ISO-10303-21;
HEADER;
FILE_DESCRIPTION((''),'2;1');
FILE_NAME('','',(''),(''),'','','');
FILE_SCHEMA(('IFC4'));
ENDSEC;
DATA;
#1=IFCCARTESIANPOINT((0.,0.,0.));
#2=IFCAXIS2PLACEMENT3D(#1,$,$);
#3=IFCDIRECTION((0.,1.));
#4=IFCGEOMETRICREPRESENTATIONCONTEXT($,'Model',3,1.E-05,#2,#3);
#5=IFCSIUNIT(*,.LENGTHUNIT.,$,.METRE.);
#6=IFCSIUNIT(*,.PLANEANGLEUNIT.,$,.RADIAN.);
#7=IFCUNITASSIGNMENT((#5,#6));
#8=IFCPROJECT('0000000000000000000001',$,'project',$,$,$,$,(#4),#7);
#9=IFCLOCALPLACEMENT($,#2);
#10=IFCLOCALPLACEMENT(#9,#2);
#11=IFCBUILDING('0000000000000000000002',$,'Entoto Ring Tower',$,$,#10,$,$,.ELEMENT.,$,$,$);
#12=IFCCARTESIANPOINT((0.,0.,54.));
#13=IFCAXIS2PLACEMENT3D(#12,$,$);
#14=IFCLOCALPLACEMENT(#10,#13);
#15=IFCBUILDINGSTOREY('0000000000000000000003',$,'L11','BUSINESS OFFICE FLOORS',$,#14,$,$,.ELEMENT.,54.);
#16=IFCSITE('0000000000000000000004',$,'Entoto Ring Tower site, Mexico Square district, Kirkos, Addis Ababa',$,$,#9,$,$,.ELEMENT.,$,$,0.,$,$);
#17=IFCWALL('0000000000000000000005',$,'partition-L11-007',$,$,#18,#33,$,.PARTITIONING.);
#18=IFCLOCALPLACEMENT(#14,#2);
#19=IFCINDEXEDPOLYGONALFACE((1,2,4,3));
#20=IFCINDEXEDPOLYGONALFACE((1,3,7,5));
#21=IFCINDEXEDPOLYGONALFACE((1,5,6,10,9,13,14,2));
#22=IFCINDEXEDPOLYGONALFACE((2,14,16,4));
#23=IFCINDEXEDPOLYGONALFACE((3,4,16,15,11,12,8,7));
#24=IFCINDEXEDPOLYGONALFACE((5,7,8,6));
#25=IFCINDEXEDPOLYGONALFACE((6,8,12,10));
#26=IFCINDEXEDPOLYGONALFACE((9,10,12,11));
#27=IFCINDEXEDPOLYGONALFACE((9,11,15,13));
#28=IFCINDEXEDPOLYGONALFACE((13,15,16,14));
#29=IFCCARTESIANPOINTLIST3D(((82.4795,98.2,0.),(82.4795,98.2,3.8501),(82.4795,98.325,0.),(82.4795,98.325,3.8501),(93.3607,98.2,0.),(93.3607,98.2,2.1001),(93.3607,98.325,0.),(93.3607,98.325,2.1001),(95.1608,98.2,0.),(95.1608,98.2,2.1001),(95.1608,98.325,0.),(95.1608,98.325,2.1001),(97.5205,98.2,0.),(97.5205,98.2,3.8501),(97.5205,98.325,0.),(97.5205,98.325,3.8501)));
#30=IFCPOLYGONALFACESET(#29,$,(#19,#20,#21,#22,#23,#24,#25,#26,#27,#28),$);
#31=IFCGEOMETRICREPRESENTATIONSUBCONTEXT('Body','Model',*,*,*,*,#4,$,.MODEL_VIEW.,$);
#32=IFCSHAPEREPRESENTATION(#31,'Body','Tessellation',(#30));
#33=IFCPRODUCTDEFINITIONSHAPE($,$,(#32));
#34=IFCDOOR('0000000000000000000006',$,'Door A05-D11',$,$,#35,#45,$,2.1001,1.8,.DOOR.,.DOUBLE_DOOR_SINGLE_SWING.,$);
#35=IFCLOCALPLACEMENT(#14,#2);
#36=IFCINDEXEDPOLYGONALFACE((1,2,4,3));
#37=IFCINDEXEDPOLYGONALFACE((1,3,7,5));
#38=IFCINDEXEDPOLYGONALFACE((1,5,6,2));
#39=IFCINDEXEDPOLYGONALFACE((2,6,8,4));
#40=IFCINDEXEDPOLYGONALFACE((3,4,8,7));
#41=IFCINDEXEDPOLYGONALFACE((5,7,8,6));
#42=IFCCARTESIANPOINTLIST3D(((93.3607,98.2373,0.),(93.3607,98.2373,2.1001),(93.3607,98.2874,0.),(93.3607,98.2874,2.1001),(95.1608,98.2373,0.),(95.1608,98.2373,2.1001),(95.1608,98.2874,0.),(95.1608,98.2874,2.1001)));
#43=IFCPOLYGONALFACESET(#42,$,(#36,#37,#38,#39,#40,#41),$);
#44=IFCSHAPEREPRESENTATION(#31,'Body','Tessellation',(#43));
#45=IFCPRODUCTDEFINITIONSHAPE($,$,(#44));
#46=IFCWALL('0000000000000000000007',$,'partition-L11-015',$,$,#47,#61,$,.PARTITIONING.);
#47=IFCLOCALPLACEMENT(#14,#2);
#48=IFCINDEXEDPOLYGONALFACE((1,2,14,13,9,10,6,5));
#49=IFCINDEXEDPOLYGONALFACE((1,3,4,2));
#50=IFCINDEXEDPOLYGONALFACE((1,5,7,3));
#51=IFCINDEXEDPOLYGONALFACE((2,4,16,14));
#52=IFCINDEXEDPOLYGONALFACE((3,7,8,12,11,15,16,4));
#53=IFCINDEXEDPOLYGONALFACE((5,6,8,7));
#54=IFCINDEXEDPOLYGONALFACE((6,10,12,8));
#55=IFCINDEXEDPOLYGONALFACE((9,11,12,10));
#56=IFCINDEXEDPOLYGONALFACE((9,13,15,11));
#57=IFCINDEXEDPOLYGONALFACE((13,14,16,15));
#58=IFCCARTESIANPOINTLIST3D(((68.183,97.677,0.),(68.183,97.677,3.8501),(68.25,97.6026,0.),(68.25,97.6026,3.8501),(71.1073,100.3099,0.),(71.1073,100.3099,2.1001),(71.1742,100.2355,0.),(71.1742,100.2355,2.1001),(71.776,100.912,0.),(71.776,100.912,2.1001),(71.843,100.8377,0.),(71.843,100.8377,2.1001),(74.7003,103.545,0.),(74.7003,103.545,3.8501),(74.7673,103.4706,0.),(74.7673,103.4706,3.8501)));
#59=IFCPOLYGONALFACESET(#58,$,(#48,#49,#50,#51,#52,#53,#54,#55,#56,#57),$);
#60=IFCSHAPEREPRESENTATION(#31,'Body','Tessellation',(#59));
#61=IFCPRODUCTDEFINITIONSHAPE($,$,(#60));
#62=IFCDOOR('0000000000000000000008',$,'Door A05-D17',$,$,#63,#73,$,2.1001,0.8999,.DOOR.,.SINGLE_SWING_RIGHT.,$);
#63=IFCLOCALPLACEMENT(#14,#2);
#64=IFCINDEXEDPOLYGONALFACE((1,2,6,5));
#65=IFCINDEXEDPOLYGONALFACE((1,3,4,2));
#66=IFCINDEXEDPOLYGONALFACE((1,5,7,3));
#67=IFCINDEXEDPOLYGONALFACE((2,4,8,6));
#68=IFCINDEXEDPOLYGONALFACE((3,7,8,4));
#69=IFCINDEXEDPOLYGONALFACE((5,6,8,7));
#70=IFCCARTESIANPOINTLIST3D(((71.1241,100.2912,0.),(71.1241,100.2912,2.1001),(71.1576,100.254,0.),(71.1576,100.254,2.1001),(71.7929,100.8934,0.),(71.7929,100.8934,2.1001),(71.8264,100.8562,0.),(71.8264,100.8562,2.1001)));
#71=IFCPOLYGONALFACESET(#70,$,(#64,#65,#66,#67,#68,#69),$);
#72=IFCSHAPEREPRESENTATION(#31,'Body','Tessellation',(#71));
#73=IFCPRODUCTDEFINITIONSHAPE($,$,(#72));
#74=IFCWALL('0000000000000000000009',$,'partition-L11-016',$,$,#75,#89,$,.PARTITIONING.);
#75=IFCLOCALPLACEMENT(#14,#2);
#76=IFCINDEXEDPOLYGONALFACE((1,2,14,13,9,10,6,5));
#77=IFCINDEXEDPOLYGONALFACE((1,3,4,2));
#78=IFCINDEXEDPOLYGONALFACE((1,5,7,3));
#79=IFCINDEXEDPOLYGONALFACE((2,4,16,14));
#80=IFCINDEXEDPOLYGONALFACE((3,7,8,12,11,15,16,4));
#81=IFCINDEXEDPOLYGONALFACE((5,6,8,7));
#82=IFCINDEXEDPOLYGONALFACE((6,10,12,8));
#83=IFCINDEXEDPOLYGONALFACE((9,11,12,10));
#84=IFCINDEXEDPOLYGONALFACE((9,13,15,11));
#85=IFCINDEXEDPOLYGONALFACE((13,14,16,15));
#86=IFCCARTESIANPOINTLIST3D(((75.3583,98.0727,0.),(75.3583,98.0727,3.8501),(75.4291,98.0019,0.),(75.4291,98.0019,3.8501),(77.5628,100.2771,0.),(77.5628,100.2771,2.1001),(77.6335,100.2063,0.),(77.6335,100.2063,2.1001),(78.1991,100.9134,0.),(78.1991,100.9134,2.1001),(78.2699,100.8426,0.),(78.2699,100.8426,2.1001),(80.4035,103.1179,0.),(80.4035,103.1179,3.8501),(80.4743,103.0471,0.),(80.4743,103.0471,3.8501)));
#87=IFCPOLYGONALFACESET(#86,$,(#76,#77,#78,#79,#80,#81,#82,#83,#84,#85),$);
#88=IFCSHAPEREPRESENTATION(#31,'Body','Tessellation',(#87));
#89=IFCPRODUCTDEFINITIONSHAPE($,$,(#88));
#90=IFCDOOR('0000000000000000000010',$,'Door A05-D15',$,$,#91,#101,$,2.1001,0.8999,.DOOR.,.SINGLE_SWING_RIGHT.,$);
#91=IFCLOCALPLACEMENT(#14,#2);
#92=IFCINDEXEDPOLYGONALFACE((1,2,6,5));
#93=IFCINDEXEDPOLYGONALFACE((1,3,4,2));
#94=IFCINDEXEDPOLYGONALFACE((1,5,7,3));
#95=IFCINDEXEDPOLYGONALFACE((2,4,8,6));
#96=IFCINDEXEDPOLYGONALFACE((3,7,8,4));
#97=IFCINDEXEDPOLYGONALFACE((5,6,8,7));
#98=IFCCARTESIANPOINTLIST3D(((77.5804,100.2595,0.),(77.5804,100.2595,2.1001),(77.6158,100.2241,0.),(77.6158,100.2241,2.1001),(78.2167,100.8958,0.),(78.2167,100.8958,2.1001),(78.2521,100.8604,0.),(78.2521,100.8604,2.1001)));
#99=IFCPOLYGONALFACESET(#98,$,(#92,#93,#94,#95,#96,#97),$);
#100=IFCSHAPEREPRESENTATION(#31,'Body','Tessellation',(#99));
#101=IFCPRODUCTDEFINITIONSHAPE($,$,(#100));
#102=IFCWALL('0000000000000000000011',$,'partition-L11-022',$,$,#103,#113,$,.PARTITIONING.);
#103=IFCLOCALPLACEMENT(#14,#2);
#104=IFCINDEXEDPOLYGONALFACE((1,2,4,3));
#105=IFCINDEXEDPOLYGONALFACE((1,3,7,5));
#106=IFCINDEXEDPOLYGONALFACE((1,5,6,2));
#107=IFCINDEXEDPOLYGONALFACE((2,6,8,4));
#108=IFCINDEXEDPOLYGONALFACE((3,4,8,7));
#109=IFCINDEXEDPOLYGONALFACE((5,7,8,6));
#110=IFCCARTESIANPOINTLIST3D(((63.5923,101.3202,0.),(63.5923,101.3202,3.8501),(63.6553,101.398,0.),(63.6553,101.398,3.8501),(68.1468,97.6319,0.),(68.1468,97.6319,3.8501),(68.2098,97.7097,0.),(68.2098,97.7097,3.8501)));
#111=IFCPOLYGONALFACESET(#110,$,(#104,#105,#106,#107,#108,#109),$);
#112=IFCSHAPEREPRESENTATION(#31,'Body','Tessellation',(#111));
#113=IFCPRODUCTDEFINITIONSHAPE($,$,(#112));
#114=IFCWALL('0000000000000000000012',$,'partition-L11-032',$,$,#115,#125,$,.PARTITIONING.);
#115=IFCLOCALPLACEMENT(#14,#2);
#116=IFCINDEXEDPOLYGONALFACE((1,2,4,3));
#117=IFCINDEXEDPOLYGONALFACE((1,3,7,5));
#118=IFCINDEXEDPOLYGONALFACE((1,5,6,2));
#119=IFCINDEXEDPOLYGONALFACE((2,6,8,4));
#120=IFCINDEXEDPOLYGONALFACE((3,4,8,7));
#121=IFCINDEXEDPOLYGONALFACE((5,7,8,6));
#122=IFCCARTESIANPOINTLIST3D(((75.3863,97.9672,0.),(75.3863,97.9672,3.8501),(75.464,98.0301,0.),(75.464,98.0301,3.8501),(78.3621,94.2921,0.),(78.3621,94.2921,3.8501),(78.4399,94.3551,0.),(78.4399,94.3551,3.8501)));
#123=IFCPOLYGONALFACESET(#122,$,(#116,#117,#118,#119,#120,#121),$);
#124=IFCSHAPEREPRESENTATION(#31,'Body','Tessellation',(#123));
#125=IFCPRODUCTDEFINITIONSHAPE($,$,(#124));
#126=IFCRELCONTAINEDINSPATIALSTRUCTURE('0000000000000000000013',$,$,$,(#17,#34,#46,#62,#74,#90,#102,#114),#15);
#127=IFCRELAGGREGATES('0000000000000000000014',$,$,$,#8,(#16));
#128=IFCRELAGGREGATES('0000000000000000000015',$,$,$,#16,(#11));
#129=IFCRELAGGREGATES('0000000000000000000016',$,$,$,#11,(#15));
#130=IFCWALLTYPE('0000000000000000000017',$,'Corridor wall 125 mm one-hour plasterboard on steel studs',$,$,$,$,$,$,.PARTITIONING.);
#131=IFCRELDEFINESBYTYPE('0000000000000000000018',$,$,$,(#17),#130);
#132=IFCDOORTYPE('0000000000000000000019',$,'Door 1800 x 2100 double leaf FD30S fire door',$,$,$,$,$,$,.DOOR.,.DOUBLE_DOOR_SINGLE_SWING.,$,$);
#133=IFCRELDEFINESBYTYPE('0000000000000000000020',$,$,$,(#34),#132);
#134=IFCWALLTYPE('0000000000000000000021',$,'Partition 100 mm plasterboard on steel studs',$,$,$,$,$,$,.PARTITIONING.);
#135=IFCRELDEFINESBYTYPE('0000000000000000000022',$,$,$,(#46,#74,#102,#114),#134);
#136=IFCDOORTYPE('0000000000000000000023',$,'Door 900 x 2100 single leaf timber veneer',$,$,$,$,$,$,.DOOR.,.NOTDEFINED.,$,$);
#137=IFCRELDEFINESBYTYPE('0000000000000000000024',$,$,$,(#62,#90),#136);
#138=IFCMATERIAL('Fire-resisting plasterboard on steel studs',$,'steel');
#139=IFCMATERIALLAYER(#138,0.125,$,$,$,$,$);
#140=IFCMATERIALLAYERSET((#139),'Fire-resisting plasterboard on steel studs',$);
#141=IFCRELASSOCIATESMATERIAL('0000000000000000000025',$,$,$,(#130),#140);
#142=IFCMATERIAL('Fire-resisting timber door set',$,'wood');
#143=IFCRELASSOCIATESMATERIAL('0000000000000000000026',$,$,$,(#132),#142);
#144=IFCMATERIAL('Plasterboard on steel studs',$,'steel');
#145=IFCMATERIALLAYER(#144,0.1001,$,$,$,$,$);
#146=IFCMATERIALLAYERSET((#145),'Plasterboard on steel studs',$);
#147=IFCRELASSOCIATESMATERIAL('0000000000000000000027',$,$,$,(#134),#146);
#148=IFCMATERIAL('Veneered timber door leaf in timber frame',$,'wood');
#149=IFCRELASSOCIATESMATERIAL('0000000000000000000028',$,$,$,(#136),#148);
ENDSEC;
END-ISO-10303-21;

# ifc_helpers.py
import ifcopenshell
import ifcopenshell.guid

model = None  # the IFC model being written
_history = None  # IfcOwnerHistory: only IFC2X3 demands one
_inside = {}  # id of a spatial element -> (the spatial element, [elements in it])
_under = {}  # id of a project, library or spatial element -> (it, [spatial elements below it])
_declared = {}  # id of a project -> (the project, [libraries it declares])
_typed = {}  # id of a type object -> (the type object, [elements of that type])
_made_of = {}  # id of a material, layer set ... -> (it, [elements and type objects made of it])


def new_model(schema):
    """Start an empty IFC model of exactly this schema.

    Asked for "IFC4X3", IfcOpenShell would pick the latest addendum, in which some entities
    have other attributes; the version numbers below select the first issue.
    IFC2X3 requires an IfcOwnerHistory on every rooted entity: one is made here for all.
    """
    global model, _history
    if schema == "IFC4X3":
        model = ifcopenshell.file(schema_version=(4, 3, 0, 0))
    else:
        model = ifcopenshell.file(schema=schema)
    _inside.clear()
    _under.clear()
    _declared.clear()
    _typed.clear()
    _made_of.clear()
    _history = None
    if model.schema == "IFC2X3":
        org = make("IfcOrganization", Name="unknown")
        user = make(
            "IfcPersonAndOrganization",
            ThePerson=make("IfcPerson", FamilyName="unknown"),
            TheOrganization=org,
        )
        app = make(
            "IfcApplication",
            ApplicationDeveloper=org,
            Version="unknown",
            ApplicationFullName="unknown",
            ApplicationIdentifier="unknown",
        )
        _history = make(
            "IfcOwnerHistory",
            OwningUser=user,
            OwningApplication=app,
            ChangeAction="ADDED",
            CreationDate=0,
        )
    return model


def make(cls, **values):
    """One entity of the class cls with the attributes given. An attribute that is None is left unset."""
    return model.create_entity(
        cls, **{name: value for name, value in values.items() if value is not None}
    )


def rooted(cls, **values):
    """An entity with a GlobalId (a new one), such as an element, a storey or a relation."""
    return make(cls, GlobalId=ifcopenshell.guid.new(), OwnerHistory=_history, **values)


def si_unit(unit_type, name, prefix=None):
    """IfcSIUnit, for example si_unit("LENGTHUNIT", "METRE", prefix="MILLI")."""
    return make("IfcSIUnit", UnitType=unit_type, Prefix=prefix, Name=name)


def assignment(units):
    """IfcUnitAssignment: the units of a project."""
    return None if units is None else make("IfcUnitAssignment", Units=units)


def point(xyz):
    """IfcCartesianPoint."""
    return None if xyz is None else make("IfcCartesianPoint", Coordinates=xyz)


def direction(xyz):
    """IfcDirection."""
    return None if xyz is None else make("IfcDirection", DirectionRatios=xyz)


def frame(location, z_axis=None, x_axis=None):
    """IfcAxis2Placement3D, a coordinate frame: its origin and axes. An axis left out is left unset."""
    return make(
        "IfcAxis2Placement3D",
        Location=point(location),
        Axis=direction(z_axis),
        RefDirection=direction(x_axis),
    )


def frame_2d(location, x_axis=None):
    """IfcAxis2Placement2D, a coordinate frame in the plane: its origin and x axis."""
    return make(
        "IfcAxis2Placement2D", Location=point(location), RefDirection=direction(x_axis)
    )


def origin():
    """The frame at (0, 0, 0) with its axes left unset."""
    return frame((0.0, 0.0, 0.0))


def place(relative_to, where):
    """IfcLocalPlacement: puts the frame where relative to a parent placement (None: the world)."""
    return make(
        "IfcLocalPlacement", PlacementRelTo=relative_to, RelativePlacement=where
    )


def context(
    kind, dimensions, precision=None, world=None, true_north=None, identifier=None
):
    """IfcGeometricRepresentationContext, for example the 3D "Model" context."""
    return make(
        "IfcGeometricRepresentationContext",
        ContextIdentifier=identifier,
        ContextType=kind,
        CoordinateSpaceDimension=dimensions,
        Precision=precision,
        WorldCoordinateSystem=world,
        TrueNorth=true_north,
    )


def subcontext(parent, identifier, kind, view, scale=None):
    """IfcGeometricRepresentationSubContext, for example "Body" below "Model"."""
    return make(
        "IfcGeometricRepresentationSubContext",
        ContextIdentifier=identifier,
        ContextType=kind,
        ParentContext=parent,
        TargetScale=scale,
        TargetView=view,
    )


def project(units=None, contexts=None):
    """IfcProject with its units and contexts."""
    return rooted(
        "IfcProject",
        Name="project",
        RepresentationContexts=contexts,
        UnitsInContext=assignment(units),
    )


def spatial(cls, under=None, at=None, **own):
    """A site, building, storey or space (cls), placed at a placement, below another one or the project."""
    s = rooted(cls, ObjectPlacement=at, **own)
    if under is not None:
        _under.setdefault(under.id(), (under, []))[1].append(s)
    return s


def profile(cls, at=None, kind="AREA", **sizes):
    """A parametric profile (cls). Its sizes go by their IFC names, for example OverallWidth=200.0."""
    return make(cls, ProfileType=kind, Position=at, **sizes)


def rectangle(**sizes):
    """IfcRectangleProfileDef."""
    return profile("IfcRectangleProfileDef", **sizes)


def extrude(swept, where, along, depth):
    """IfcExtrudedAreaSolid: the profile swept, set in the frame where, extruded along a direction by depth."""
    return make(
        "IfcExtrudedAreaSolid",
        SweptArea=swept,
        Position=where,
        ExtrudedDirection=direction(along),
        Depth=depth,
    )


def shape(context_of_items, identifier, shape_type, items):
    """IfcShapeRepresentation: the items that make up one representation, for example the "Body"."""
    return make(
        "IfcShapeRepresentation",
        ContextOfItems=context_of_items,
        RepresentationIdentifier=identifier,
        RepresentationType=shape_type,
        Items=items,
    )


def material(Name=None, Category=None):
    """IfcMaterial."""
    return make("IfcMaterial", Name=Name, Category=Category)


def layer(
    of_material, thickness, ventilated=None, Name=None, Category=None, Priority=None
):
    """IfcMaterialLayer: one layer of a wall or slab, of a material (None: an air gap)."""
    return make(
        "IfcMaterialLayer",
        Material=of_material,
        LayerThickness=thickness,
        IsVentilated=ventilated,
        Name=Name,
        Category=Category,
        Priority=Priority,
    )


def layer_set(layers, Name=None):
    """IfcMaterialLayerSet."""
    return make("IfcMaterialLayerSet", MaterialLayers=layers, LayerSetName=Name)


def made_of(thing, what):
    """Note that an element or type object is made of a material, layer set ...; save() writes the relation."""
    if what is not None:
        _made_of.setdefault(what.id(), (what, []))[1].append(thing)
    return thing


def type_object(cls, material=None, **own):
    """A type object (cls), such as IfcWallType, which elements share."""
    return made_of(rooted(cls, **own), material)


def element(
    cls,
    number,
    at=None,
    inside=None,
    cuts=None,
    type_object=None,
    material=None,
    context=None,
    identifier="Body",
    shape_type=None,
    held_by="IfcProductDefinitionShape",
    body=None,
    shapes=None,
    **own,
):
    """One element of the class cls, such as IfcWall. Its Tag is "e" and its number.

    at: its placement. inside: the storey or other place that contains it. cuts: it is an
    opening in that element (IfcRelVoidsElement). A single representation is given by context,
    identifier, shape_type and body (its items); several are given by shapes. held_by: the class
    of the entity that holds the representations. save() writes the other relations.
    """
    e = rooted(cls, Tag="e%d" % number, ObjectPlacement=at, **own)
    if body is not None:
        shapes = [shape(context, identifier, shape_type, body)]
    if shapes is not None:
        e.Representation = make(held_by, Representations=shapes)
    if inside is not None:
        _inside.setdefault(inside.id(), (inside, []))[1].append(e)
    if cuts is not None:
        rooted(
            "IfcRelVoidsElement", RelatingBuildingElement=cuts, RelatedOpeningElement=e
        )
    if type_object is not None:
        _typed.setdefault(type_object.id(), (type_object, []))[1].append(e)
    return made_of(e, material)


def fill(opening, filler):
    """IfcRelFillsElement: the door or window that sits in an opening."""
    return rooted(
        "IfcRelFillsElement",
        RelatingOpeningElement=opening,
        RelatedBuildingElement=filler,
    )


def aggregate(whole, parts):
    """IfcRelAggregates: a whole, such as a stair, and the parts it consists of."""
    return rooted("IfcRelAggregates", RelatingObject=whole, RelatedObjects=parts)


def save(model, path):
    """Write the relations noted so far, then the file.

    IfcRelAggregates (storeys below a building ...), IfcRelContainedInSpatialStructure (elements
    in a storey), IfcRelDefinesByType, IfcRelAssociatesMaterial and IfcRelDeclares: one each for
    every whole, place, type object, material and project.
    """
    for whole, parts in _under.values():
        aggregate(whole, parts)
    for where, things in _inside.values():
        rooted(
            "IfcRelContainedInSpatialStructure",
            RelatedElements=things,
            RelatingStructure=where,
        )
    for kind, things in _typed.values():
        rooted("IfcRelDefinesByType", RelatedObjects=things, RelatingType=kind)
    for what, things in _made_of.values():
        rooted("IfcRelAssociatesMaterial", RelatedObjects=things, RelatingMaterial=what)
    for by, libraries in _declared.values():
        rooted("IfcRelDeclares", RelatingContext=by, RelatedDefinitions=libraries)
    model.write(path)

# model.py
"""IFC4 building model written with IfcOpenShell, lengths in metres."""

from ifc_helpers import new_model, si_unit, direction, frame, frame_2d, origin, place, context, subcontext, project, spatial, rectangle, extrude, material, layer, layer_set, type_object, element, fill, save


model = new_model("IFC4")

# Units and contexts
model_context = context("Model", 3, precision=1e-05, world=origin(), true_north=direction((0.0, 1.0)))
body_context = subcontext(model_context, "Body", "Model", "MODEL_VIEW")
ifc_project = project(units=[si_unit("LENGTHUNIT", "METRE"), si_unit("PLANEANGLEUNIT", "RADIAN")], contexts=[model_context])

# Site, building, storey
site_placement = place(None, origin())
site = spatial("IfcSite", under=ifc_project, at=site_placement, Name="Entoto Ring Tower site, Mexico Square district, Kirkos, Addis Ababa", CompositionType="ELEMENT", RefElevation=0.0)
building_placement = place(site_placement, origin())
building = spatial("IfcBuilding", under=site, at=building_placement, Name="Entoto Ring Tower", CompositionType="ELEMENT")
storey_placement = place(building_placement, frame((0.0, 0.0, 54.0)))
storey = spatial("IfcBuildingStorey", under=building, at=storey_placement, Name="L11", Description="BUSINESS OFFICE FLOORS", CompositionType="ELEMENT", Elevation=54.0)

# Shared definitions
ifc_material_1 = material(Name="Fire-resisting plasterboard on steel studs", Category="steel")
ifc_layer_1 = layer(ifc_material_1, 0.125)
ifc_layer_set_1 = layer_set([ifc_layer_1], Name="Fire-resisting plasterboard on steel studs")
wall_type_1 = type_object("IfcWallType", Name="Corridor wall 125 mm one-hour plasterboard on steel studs", PredefinedType="PARTITIONING", material=ifc_layer_set_1)
ifc_material_2 = material(Name="Fire-resisting timber door set", Category="wood")
door_type_1 = type_object("IfcDoorType", Name="Door 1800 x 2100 double leaf FD30S fire door", OperationType="DOUBLE_DOOR_SINGLE_SWING", PredefinedType="DOOR", material=ifc_material_2)

# Walls, openings, doors
wall_1_placement = place(storey_placement, frame((82.4795, 98.2625, 0.0), z_axis=(0.0, 0.0, 1.0), x_axis=(1.0, 0.0, 0.0)))
wall_1 = element("IfcWall", 1, at=wall_1_placement, inside=storey, type_object=wall_type_1, Name="partition-L11-007", PredefinedType="PARTITIONING", context=body_context, shape_type="SweptSolid", body=[
    extrude(rectangle(XDim=15.041, YDim=0.125, at=frame_2d((7.5205, 0.0))), origin(), (0.0, 0.0, 1.0), 3.8501),
])
opening_1_placement = place(wall_1_placement, frame((10.8813, 0.0, 0.0)))
opening_1 = element("IfcOpeningElement", 2, at=opening_1_placement, cuts=wall_1, PredefinedType="OPENING", context=body_context, shape_type="SweptSolid", body=[
    extrude(rectangle(XDim=1.8, YDim=2.1001, at=frame_2d((0.8999, 1.05))), frame((0.0, 0.0725, 0.0), z_axis=(0.0, -1.0, 0.0), x_axis=(1.0, 0.0, 0.0)), (0.0, 0.0, 1.0), 0.145),
])
door_1_placement = place(opening_1_placement, origin())
door_1 = element("IfcDoor", 3, at=door_1_placement, inside=storey, type_object=door_type_1, Name="Door A05-D11", OperationType="DOUBLE_DOOR_SINGLE_SWING", OverallHeight=2.1001, OverallWidth=1.8, PredefinedType="DOOR", context=body_context, shape_type="SweptSolid", body=[
    extrude(rectangle(XDim=1.8, YDim=2.1001, at=frame_2d((0.8999, 1.05))), frame((0.0, 0.0249, 0.0), z_axis=(0.0, -1.0, 0.0), x_axis=(1.0, 0.0, 0.0)), (0.0, 0.0, 1.0), 0.05),
])
fill(opening_1, door_1)
ifc_material_3 = material(Name="Plasterboard on steel studs", Category="steel")
ifc_layer_2 = layer(ifc_material_3, 0.1001)
ifc_layer_set_2 = layer_set([ifc_layer_2], Name="Plasterboard on steel studs")
wall_type_2 = type_object("IfcWallType", Name="Partition 100 mm plasterboard on steel studs", PredefinedType="PARTITIONING", material=ifc_layer_set_2)
wall_2_placement = place(storey_placement, frame((68.2166, 97.6399, 0.0), z_axis=(0.0, 0.0, 1.0), x_axis=(0.743163, 0.669111, 0.0)))
wall_2 = element("IfcWall", 4, at=wall_2_placement, inside=storey, type_object=wall_type_2, Name="partition-L11-015", PredefinedType="PARTITIONING", context=body_context, shape_type="SweptSolid", body=[
    extrude(rectangle(XDim=8.7698, YDim=0.1001, at=frame_2d((4.3848, 0.0))), origin(), (0.0, 0.0, 1.0), 3.8501),
])
opening_2_placement = place(wall_2_placement, frame((3.9348, 0.0, 0.0)))
opening_2 = element("IfcOpeningElement", 5, at=opening_2_placement, cuts=wall_2, PredefinedType="OPENING", context=body_context, shape_type="SweptSolid", body=[
    extrude(rectangle(XDim=0.8999, YDim=2.1001, at=frame_2d((0.45, 1.05))), frame((0.0, 0.0601, 0.0), z_axis=(0.0, -1.0, 0.0), x_axis=(1.0, 0.0, 0.0)), (0.0, 0.0, 1.0), 0.1201),
])
ifc_material_4 = material(Name="Veneered timber door leaf in timber frame", Category="wood")
door_type_2 = type_object("IfcDoorType", Name="Door 900 x 2100 single leaf timber veneer", OperationType="NOTDEFINED", PredefinedType="DOOR", material=ifc_material_4)
door_2_placement = place(opening_2_placement, origin())
door_2 = element("IfcDoor", 6, at=door_2_placement, inside=storey, type_object=door_type_2, Name="Door A05-D17", OperationType="SINGLE_SWING_RIGHT", OverallHeight=2.1001, OverallWidth=0.8999, PredefinedType="DOOR", context=body_context, shape_type="SweptSolid", body=[
    extrude(rectangle(XDim=0.8999, YDim=2.1001, at=frame_2d((0.45, 1.05))), frame((0.0, 0.0249, 0.0), z_axis=(0.0, -1.0, 0.0), x_axis=(1.0, 0.0, 0.0)), (0.0, 0.0, 1.0), 0.05),
])
fill(opening_2, door_2)
wall_3_placement = place(storey_placement, frame((75.3938, 98.0374, 0.0), z_axis=(0.0, 0.0, 1.0), x_axis=(0.707107, 0.707107, 0.0)))
wall_3 = element("IfcWall", 7, at=wall_3_placement, inside=storey, type_object=wall_type_2, Name="partition-L11-016", PredefinedType="PARTITIONING", context=body_context, shape_type="SweptSolid", body=[
    extrude(rectangle(XDim=7.135, YDim=0.1001, at=frame_2d((3.5674, 0.0))), origin(), (0.0, 0.0, 1.0), 3.8501),
])
opening_3_placement = place(wall_3_placement, frame((3.1174, 0.0, 0.0)))
opening_3 = element("IfcOpeningElement", 8, at=opening_3_placement, cuts=wall_3, PredefinedType="OPENING", context=body_context, shape_type="SweptSolid", body=[
    extrude(rectangle(XDim=0.8999, YDim=2.1001, at=frame_2d((0.45, 1.05))), frame((0.0, 0.0601, 0.0), z_axis=(0.0, -1.0, 0.0), x_axis=(1.0, 0.0, 0.0)), (0.0, 0.0, 1.0), 0.1201),
])
door_3_placement = place(opening_3_placement, frame((0.8999, 0.0, 0.0), z_axis=(0.0, 0.0, 1.0), x_axis=(-1.0, 0.0, 0.0)))
door_3 = element("IfcDoor", 9, at=door_3_placement, inside=storey, type_object=door_type_2, Name="Door A05-D15", OperationType="SINGLE_SWING_RIGHT", OverallHeight=2.1001, OverallWidth=0.8999, PredefinedType="DOOR", context=body_context, shape_type="SweptSolid", body=[
    extrude(rectangle(XDim=0.8999, YDim=2.1001, at=frame_2d((0.45, 1.05))), frame((0.0, 0.0249, 0.0), z_axis=(0.0, -1.0, 0.0), x_axis=(1.0, 0.0, 0.0)), (0.0, 0.0, 1.0), 0.05),
])
fill(opening_3, door_3)

# Walls
wall_4_placement = place(storey_placement, frame((68.1782, 97.6709, 0.0), z_axis=(0.0, 0.0, 1.0), x_axis=(-0.777136, 0.629332, 0.0)))
element("IfcWall", 10, at=wall_4_placement, inside=storey, type_object=wall_type_2, Name="partition-L11-022", PredefinedType="PARTITIONING", context=body_context, shape_type="SweptSolid", body=[
    extrude(rectangle(XDim=5.8606, YDim=0.1001, at=frame_2d((2.9302, 0.0))), origin(), (0.0, 0.0, 1.0), 3.8501),
])
wall_5_placement = place(storey_placement, frame((78.4009, 94.3237, 0.0), z_axis=(0.0, 0.0, 1.0), x_axis=(-0.629299, 0.777163, 0.0)))
element("IfcWall", 11, at=wall_5_placement, inside=storey, type_object=wall_type_2, Name="partition-L11-032", PredefinedType="PARTITIONING", context=body_context, shape_type="SweptSolid", body=[
    extrude(rectangle(XDim=4.7288, YDim=0.1001, at=frame_2d((2.3643, 0.0))), origin(), (0.0, 0.0, 1.0), 3.8501),
])

save(model, "model.ifc")
